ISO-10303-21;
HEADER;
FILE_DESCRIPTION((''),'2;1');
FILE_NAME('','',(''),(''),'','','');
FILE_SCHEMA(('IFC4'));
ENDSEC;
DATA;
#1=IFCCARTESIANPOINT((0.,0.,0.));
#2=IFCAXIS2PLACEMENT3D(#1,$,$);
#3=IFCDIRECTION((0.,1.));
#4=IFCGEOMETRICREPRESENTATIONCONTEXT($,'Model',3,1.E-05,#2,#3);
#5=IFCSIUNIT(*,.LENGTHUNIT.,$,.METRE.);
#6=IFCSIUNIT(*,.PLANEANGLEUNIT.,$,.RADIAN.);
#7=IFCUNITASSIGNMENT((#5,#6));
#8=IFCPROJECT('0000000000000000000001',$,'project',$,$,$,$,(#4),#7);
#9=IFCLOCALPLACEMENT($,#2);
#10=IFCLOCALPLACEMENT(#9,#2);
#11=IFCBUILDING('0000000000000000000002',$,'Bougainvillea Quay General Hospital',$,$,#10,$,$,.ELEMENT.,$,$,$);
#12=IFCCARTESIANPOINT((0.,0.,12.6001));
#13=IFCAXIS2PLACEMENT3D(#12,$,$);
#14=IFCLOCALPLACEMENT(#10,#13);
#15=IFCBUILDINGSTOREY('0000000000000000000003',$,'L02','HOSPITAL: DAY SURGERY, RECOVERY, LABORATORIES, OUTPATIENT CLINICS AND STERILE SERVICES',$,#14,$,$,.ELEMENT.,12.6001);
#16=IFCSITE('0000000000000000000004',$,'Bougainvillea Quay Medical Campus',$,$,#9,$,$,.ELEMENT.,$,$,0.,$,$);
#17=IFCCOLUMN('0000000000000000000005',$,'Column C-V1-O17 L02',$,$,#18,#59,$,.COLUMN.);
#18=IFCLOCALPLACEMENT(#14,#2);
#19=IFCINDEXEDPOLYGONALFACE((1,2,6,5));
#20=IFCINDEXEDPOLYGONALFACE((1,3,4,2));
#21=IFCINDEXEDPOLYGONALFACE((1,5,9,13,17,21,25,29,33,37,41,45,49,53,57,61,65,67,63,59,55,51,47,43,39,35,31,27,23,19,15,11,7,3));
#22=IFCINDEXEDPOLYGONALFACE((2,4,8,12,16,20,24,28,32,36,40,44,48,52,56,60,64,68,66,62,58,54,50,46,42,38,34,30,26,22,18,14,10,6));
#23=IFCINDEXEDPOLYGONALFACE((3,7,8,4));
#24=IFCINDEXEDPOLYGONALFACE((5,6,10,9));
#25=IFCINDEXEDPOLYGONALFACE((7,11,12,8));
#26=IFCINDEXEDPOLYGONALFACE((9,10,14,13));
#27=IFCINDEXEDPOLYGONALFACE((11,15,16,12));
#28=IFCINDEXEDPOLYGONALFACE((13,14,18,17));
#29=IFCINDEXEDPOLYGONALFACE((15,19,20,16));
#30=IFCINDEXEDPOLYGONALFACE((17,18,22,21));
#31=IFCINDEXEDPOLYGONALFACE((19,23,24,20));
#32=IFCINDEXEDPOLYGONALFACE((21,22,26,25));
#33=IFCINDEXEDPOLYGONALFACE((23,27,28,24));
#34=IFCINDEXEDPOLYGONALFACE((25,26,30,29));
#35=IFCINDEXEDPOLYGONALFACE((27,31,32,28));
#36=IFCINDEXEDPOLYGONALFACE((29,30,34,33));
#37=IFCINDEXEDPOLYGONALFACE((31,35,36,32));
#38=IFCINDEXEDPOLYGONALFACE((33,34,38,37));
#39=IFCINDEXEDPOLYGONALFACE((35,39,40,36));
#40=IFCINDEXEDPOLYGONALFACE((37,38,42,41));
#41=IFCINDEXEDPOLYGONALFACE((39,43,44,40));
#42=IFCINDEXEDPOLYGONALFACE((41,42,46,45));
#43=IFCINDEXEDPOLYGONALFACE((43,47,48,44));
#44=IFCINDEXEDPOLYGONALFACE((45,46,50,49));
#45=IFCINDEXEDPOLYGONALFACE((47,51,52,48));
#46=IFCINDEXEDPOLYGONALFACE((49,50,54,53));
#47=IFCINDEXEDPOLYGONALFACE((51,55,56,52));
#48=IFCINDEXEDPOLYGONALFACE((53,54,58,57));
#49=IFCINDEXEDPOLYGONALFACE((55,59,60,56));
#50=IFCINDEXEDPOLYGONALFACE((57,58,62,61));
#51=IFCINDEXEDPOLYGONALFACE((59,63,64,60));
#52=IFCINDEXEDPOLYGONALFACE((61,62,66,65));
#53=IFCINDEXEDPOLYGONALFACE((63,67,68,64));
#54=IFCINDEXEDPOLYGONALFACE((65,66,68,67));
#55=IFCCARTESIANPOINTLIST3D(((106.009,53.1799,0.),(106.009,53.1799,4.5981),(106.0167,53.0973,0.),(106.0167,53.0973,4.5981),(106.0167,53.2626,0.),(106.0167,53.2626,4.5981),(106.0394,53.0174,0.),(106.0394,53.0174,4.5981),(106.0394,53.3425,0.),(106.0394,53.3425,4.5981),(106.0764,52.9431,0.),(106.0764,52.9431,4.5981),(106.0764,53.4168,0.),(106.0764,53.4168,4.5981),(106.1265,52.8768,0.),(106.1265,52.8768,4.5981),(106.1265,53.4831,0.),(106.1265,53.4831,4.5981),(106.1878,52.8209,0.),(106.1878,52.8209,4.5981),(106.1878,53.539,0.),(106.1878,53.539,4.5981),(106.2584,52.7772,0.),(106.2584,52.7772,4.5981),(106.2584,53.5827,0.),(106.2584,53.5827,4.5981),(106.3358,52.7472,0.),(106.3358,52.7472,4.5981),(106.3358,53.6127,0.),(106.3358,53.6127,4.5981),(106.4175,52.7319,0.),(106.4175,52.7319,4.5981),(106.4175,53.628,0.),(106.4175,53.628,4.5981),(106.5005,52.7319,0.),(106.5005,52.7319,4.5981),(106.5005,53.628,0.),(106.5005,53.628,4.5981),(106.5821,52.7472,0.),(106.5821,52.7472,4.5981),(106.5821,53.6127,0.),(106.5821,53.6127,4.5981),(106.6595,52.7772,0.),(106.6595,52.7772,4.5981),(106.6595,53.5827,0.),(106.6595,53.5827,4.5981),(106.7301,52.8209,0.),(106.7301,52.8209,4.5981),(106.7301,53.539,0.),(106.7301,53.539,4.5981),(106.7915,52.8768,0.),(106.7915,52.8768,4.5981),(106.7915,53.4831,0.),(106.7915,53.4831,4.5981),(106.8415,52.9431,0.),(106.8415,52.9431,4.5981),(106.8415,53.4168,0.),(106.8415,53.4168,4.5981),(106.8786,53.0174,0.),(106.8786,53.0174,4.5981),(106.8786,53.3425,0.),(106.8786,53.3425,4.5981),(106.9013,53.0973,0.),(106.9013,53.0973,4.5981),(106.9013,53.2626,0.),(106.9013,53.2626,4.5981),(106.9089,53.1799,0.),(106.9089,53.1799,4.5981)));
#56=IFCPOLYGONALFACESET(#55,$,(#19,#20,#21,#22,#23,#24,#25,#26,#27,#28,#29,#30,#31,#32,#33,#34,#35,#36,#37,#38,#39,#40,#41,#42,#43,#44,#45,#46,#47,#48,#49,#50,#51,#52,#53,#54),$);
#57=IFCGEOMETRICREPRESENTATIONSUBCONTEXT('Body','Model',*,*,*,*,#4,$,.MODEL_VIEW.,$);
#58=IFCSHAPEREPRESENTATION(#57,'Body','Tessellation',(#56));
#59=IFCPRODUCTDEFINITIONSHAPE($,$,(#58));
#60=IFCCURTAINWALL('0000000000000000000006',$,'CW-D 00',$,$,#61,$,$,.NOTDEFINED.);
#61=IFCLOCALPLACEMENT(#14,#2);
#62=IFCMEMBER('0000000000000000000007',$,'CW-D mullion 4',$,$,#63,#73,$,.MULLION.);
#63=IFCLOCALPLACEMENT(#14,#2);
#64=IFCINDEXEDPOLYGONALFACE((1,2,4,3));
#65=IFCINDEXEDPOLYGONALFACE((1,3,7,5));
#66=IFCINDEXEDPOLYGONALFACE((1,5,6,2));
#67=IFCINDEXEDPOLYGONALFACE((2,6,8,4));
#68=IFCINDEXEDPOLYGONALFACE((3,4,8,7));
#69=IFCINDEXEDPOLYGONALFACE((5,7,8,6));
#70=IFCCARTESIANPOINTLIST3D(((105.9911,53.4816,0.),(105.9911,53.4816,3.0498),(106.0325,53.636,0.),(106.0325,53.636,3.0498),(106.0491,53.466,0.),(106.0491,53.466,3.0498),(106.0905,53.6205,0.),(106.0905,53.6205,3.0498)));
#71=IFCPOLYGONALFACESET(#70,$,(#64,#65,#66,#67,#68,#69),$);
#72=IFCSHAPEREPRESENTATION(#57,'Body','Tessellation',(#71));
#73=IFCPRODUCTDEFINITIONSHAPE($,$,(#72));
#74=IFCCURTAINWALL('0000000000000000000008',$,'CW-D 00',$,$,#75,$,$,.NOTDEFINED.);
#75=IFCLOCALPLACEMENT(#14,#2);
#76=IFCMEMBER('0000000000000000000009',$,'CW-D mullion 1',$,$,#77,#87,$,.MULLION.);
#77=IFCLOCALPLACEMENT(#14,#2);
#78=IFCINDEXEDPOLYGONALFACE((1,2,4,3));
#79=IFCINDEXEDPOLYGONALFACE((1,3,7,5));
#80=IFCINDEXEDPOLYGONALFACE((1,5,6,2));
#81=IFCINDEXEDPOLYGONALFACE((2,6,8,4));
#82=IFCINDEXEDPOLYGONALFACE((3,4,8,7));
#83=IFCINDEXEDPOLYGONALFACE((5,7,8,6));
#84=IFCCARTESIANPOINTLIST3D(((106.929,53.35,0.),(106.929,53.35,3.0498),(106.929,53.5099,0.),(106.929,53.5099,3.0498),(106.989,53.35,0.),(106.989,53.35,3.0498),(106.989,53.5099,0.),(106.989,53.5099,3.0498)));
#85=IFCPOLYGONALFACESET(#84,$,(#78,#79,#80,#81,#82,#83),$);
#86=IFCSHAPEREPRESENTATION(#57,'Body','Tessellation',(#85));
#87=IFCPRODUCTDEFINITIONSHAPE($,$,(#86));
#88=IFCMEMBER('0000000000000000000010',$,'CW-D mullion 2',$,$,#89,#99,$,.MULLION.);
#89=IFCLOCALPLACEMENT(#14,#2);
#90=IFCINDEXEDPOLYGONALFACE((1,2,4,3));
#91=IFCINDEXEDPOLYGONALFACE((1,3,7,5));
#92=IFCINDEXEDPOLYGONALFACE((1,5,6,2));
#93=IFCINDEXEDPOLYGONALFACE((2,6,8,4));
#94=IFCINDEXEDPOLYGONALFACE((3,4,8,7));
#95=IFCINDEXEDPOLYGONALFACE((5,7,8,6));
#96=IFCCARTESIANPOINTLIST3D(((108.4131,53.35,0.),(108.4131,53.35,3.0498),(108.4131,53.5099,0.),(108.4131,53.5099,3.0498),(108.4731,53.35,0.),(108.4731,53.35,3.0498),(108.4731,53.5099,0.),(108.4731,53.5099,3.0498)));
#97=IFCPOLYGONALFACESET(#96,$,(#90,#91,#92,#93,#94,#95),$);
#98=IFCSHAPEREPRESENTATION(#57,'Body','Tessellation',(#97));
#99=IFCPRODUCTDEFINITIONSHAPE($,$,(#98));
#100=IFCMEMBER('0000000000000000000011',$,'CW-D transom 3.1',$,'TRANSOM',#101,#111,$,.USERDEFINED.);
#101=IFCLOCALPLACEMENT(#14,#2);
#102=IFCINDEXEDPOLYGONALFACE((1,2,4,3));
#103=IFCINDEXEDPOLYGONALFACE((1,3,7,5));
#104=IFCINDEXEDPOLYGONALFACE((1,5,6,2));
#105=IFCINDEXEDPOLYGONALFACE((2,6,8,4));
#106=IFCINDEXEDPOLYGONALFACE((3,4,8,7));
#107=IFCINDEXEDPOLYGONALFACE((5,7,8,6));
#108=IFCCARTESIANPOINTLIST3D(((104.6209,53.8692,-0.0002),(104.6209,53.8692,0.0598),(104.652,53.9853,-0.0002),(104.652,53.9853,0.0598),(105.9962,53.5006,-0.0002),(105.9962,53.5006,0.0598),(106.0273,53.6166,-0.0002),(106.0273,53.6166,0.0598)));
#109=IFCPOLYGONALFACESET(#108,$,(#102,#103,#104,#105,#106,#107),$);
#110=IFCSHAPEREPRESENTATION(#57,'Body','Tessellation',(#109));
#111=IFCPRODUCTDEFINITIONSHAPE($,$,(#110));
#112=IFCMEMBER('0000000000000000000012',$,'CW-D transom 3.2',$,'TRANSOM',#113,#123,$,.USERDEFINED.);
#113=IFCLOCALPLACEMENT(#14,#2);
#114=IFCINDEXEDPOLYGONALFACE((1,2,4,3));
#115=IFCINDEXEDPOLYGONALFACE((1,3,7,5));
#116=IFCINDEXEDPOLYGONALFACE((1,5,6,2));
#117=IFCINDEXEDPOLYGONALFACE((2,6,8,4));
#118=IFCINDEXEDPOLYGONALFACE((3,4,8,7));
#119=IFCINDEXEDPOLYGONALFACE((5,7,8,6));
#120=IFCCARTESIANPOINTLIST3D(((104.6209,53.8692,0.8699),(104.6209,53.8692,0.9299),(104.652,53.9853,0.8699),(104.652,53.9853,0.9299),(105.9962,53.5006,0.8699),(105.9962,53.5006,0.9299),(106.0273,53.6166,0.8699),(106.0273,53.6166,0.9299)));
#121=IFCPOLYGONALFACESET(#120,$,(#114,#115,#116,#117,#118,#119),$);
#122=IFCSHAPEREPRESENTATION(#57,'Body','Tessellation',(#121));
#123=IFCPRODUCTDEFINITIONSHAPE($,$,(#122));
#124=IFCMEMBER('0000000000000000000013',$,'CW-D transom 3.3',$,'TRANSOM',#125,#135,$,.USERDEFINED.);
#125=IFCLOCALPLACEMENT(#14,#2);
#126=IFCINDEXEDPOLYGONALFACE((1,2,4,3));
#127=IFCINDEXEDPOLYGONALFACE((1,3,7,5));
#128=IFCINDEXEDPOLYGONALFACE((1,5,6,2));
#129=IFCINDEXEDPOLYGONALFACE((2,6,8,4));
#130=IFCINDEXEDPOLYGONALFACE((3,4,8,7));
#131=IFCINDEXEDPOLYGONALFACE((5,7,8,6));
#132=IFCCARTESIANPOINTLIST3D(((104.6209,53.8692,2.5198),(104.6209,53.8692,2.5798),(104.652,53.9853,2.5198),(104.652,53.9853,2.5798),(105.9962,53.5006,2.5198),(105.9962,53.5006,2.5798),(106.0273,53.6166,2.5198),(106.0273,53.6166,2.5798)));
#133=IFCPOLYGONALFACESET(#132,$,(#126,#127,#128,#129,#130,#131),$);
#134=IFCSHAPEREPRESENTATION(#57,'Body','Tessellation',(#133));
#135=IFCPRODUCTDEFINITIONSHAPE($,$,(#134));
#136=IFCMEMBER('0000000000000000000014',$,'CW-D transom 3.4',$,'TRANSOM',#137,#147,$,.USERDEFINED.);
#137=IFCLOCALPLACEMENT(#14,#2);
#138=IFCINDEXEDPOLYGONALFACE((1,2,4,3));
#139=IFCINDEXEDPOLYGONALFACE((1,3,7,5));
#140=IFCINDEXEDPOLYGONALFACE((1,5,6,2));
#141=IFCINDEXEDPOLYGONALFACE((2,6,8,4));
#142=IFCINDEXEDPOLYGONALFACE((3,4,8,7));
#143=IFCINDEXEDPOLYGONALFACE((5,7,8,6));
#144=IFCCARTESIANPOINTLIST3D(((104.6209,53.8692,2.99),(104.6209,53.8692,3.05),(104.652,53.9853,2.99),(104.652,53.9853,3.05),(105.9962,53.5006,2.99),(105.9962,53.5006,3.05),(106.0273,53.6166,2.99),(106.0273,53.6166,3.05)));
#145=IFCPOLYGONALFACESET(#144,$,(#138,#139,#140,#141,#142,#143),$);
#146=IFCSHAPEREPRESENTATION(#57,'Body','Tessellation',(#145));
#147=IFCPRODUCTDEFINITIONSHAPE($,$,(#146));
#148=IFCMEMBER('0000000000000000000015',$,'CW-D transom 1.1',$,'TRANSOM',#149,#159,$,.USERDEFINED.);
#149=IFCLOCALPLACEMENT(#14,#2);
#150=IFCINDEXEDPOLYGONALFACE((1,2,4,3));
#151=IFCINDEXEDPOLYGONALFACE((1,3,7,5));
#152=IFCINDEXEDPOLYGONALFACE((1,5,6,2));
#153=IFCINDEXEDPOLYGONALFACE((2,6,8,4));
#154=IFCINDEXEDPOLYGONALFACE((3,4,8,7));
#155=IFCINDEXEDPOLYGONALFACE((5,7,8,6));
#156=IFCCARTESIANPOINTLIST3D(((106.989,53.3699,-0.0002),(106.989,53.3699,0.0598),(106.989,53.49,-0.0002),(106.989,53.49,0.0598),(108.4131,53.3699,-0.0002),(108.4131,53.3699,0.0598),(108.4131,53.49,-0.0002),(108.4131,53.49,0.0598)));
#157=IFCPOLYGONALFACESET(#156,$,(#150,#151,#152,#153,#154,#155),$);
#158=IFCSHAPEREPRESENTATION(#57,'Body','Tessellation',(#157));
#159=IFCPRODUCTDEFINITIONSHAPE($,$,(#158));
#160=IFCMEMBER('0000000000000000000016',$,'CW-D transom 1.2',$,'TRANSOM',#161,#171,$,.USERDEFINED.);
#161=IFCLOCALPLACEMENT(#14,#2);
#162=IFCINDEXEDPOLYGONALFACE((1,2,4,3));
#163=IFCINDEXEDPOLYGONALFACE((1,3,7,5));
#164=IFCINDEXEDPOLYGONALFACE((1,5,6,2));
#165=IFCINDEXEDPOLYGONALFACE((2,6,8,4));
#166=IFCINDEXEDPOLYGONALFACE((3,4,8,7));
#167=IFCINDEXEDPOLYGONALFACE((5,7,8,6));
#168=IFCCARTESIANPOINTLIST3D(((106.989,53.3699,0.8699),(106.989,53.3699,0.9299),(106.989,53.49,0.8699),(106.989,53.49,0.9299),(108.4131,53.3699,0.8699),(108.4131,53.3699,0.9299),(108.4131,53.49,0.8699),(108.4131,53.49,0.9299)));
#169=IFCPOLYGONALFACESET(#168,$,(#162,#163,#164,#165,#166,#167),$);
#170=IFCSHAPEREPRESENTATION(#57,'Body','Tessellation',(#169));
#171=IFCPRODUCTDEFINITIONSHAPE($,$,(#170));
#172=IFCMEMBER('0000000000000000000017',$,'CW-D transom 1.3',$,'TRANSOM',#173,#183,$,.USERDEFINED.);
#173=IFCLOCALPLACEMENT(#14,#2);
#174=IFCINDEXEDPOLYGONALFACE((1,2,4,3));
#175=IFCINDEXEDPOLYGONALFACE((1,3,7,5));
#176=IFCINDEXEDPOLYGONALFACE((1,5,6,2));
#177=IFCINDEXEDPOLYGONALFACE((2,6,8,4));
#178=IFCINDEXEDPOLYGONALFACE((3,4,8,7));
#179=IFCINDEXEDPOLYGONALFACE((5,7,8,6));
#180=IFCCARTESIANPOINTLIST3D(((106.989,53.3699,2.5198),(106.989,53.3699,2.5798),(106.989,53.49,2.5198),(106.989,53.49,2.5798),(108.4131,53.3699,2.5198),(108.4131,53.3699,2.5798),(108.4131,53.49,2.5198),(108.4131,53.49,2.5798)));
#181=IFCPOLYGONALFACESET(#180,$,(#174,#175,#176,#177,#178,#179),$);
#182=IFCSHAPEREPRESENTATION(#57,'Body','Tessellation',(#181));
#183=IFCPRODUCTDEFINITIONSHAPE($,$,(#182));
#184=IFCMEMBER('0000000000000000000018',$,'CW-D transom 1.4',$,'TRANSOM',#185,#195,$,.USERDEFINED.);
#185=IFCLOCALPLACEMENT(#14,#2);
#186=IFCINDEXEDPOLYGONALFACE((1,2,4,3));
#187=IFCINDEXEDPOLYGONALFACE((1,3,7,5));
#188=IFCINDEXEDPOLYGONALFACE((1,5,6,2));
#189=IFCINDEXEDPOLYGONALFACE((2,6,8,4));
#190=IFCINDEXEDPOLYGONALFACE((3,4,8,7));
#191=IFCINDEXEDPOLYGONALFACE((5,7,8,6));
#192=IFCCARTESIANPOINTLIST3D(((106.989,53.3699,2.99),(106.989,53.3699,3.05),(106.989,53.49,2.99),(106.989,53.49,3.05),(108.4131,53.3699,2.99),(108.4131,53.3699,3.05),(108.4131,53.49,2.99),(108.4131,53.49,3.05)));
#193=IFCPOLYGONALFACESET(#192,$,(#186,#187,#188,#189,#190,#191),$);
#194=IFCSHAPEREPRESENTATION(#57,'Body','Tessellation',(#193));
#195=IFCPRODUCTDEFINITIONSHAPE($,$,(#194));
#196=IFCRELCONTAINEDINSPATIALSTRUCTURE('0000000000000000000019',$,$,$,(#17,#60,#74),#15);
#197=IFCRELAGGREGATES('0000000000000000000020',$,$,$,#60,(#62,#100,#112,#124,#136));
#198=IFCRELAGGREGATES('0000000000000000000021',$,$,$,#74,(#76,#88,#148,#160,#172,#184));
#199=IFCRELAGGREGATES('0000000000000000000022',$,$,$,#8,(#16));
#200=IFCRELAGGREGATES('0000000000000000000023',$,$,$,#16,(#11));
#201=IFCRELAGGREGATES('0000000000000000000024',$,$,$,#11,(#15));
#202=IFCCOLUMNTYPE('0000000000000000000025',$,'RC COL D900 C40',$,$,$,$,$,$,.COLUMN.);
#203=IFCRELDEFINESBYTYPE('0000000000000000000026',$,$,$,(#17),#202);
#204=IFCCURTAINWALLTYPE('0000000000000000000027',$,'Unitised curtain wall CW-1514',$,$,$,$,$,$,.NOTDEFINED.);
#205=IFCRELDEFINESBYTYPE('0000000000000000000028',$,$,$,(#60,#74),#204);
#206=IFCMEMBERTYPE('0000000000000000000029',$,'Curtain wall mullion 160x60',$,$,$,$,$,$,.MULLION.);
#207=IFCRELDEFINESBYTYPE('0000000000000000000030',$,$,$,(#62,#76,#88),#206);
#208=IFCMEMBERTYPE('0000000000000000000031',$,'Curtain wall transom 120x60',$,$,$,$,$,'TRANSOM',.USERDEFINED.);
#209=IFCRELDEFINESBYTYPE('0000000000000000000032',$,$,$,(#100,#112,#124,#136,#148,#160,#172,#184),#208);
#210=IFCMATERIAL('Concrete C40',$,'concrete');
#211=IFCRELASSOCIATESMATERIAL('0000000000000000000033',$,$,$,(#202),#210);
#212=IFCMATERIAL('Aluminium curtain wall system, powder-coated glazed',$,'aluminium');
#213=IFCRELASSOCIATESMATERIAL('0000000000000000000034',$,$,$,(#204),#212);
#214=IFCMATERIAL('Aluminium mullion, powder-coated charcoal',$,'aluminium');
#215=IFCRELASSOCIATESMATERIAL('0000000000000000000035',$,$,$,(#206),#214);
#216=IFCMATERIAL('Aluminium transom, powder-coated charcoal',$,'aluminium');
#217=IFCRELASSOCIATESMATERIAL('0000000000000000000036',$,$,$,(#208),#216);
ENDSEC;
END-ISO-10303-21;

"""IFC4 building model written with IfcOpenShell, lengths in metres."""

from ifc_helpers import new_model, si_unit, direction, frame, origin, origin_2d, place, context, subcontext, project, spatial, rectangle, circle, extrude, material, material_profile, profile_set, type_object, element, aggregate, save


model = new_model("IFC4")

# Units and contexts
model_context = context("Model", 3, precision=1e-05, world=origin(), true_north=direction((0.0, 1.0)))
body_context = subcontext(model_context, "Body", "Model", "MODEL_VIEW")
ifc_project = project(units=[si_unit("LENGTHUNIT", "METRE"), si_unit("PLANEANGLEUNIT", "RADIAN")], contexts=[model_context])

# Site, building, storey
site_placement = place(None, origin())
site = spatial("IfcSite", under=ifc_project, at=site_placement, Name="Bougainvillea Quay Medical Campus", CompositionType="ELEMENT", RefElevation=0.0)
building_placement = place(site_placement, origin())
building = spatial("IfcBuilding", under=site, at=building_placement, Name="Bougainvillea Quay General Hospital", CompositionType="ELEMENT")
storey_placement = place(building_placement, frame((0.0, 0.0, 12.6001)))
storey = spatial("IfcBuildingStorey", under=building, at=storey_placement, Name="L02", Description="HOSPITAL: DAY SURGERY, RECOVERY, LABORATORIES, OUTPATIENT CLINICS AND STERILE SERVICES", CompositionType="ELEMENT", Elevation=12.6001)

# Column
ifc_material_1 = material(Name="Concrete C40", Category="concrete")
ifc_material_profile_1 = material_profile(ifc_material_1, circle(Radius=0.45, at=origin_2d()))
ifc_profile_set_1 = profile_set([ifc_material_profile_1], Name="Concrete C40")
column_type = type_object("IfcColumnType", Name="RC COL D900 C40", PredefinedType="COLUMN", material=ifc_profile_set_1)
column_placement = place(storey_placement, frame((106.459, 53.1799, 0.0), z_axis=(0.0, 0.0, 1.0), x_axis=(1.0, 0.0, 0.0)))
element("IfcColumn", 1, at=column_placement, inside=storey, type_object=column_type, Name="Column C-V1-O17 L02", PredefinedType="COLUMN", context=body_context, shape_type="SweptSolid", body=[
    extrude(circle(Radius=0.45, at=origin_2d()), origin(), (0.0, 0.0, 1.0), 4.5981),
])

# Curtain wall, member
ifc_material_2 = material(Name="Aluminium curtain wall system, powder-coated glazed", Category="aluminium")
curtain_wall_type = type_object("IfcCurtainWallType", Name="Unitised curtain wall CW-1514", PredefinedType="NOTDEFINED", material=ifc_material_2)
curtain_wall_1_placement = place(storey_placement, origin())
curtain_wall_1 = element("IfcCurtainWall", 2, at=curtain_wall_1_placement, inside=storey, type_object=curtain_wall_type, Name="CW-D 00", PredefinedType="NOTDEFINED")
ifc_material_3 = material(Name="Aluminium mullion, powder-coated charcoal", Category="aluminium")
ifc_material_profile_2 = material_profile(ifc_material_3, rectangle(XDim=0.1599, YDim=0.0601, at=origin_2d()))
ifc_profile_set_2 = profile_set([ifc_material_profile_2], Name="Aluminium mullion, powder-coated charcoal")
member_type_1 = type_object("IfcMemberType", Name="Curtain wall mullion 160x60", PredefinedType="MULLION", material=ifc_profile_set_2)
member_1_placement = place(storey_placement, frame((106.0408, 53.551, 0.0), z_axis=(0.0, 0.0, 1.0), x_axis=(0.258855, 0.965916, 0.0)))
member_1 = element("IfcMember", 3, at=member_1_placement, type_object=member_type_1, Name="CW-D mullion 4", PredefinedType="MULLION", context=body_context, shape_type="SweptSolid", body=[
    extrude(rectangle(XDim=0.1599, YDim=0.0601, at=origin_2d()), origin(), (0.0, 0.0, 1.0), 3.0498),
])

# Curtain wall, members
curtain_wall_2_placement = place(storey_placement, origin())
curtain_wall_2 = element("IfcCurtainWall", 4, at=curtain_wall_2_placement, inside=storey, type_object=curtain_wall_type, Name="CW-D 00", PredefinedType="NOTDEFINED")
member_2_placement = place(storey_placement, frame((106.959, 53.4299, 0.0), z_axis=(0.0, 0.0, 1.0), x_axis=(0.0, 1.0, 0.0)))
member_2 = element("IfcMember", 5, at=member_2_placement, type_object=member_type_1, Name="CW-D mullion 1", PredefinedType="MULLION", context=body_context, shape_type="SweptSolid", body=[
    extrude(rectangle(XDim=0.1599, YDim=0.0601, at=origin_2d()), origin(), (0.0, 0.0, 1.0), 3.0498),
])
member_3_placement = place(storey_placement, frame((108.4431, 53.4299, 0.0), z_axis=(0.0, 0.0, 1.0), x_axis=(0.0, 1.0, 0.0)))
member_3 = element("IfcMember", 6, at=member_3_placement, type_object=member_type_1, Name="CW-D mullion 2", PredefinedType="MULLION", context=body_context, shape_type="SweptSolid", body=[
    extrude(rectangle(XDim=0.1599, YDim=0.0601, at=origin_2d()), origin(), (0.0, 0.0, 1.0), 3.0498),
])

# Members
ifc_material_4 = material(Name="Aluminium transom, powder-coated charcoal", Category="aluminium")
ifc_material_profile_3 = material_profile(ifc_material_4, rectangle(XDim=0.1201, YDim=0.0601, at=origin_2d()))
ifc_profile_set_3 = profile_set([ifc_material_profile_3], Name="Aluminium transom, powder-coated charcoal")
member_type_2 = type_object("IfcMemberType", Name="Curtain wall transom 120x60", ElementType="TRANSOM", PredefinedType="USERDEFINED", material=ifc_profile_set_3)
member_4_placement = place(storey_placement, frame((104.6365, 53.9272, 0.0298), z_axis=(0.965898, -0.258922, 0.0), x_axis=(0.258922, 0.965898, 0.0)))
member_4 = element("IfcMember", 7, at=member_4_placement, type_object=member_type_2, Name="CW-D transom 3.1", ObjectType="TRANSOM", PredefinedType="USERDEFINED", context=body_context, shape_type="SweptSolid", body=[
    extrude(rectangle(XDim=0.1201, YDim=0.0601, at=origin_2d()), origin(), (0.0, 0.0, 1.0), 1.4238),
])
member_5_placement = place(storey_placement, frame((104.6365, 53.9272, 0.8999), z_axis=(0.965898, -0.258922, 0.0), x_axis=(0.258922, 0.965898, 0.0)))
member_5 = element("IfcMember", 8, at=member_5_placement, type_object=member_type_2, Name="CW-D transom 3.2", ObjectType="TRANSOM", PredefinedType="USERDEFINED", context=body_context, shape_type="SweptSolid", body=[
    extrude(rectangle(XDim=0.1201, YDim=0.0601, at=origin_2d()), origin(), (0.0, 0.0, 1.0), 1.4238),
])
member_6_placement = place(storey_placement, frame((104.6365, 53.9272, 2.5498), z_axis=(0.965898, -0.258922, 0.0), x_axis=(0.258922, 0.965898, 0.0)))
member_6 = element("IfcMember", 9, at=member_6_placement, type_object=member_type_2, Name="CW-D transom 3.3", ObjectType="TRANSOM", PredefinedType="USERDEFINED", context=body_context, shape_type="SweptSolid", body=[
    extrude(rectangle(XDim=0.1201, YDim=0.0601, at=origin_2d()), origin(), (0.0, 0.0, 1.0), 1.4238),
])
member_7_placement = place(storey_placement, frame((104.6365, 53.9272, 3.02), z_axis=(0.965898, -0.258922, 0.0), x_axis=(0.258922, 0.965898, 0.0)))
member_7 = element("IfcMember", 10, at=member_7_placement, type_object=member_type_2, Name="CW-D transom 3.4", ObjectType="TRANSOM", PredefinedType="USERDEFINED", context=body_context, shape_type="SweptSolid", body=[
    extrude(rectangle(XDim=0.1201, YDim=0.0601, at=origin_2d()), origin(), (0.0, 0.0, 1.0), 1.4238),
])
member_8_placement = place(storey_placement, frame((106.989, 53.4299, 0.0298), z_axis=(1.0, 0.0, 0.0), x_axis=(0.0, 1.0, 0.0)))
member_8 = element("IfcMember", 11, at=member_8_placement, type_object=member_type_2, Name="CW-D transom 1.1", ObjectType="TRANSOM", PredefinedType="USERDEFINED", context=body_context, shape_type="SweptSolid", body=[
    extrude(rectangle(XDim=0.1201, YDim=0.0601, at=origin_2d()), origin(), (0.0, 0.0, 1.0), 1.4241),
])
member_9_placement = place(storey_placement, frame((106.989, 53.4299, 0.8999), z_axis=(1.0, 0.0, 0.0), x_axis=(0.0, 1.0, 0.0)))
member_9 = element("IfcMember", 12, at=member_9_placement, type_object=member_type_2, Name="CW-D transom 1.2", ObjectType="TRANSOM", PredefinedType="USERDEFINED", context=body_context, shape_type="SweptSolid", body=[
    extrude(rectangle(XDim=0.1201, YDim=0.0601, at=origin_2d()), origin(), (0.0, 0.0, 1.0), 1.4241),
])
member_10_placement = place(storey_placement, frame((106.989, 53.4299, 2.5498), z_axis=(1.0, 0.0, 0.0), x_axis=(0.0, 1.0, 0.0)))
member_10 = element("IfcMember", 13, at=member_10_placement, type_object=member_type_2, Name="CW-D transom 1.3", ObjectType="TRANSOM", PredefinedType="USERDEFINED", context=body_context, shape_type="SweptSolid", body=[
    extrude(rectangle(XDim=0.1201, YDim=0.0601, at=origin_2d()), origin(), (0.0, 0.0, 1.0), 1.4241),
])
member_11_placement = place(storey_placement, frame((106.989, 53.4299, 3.02), z_axis=(1.0, 0.0, 0.0), x_axis=(0.0, 1.0, 0.0)))
member_11 = element("IfcMember", 14, at=member_11_placement, type_object=member_type_2, Name="CW-D transom 1.4", ObjectType="TRANSOM", PredefinedType="USERDEFINED", context=body_context, shape_type="SweptSolid", body=[
    extrude(rectangle(XDim=0.1201, YDim=0.0601, at=origin_2d()), origin(), (0.0, 0.0, 1.0), 1.4241),
])

aggregate(curtain_wall_1, [member_1, member_4, member_5, member_6, member_7])
aggregate(curtain_wall_2, [member_2, member_3, member_8, member_9, member_10, member_11])

save(model, "model.ifc")
